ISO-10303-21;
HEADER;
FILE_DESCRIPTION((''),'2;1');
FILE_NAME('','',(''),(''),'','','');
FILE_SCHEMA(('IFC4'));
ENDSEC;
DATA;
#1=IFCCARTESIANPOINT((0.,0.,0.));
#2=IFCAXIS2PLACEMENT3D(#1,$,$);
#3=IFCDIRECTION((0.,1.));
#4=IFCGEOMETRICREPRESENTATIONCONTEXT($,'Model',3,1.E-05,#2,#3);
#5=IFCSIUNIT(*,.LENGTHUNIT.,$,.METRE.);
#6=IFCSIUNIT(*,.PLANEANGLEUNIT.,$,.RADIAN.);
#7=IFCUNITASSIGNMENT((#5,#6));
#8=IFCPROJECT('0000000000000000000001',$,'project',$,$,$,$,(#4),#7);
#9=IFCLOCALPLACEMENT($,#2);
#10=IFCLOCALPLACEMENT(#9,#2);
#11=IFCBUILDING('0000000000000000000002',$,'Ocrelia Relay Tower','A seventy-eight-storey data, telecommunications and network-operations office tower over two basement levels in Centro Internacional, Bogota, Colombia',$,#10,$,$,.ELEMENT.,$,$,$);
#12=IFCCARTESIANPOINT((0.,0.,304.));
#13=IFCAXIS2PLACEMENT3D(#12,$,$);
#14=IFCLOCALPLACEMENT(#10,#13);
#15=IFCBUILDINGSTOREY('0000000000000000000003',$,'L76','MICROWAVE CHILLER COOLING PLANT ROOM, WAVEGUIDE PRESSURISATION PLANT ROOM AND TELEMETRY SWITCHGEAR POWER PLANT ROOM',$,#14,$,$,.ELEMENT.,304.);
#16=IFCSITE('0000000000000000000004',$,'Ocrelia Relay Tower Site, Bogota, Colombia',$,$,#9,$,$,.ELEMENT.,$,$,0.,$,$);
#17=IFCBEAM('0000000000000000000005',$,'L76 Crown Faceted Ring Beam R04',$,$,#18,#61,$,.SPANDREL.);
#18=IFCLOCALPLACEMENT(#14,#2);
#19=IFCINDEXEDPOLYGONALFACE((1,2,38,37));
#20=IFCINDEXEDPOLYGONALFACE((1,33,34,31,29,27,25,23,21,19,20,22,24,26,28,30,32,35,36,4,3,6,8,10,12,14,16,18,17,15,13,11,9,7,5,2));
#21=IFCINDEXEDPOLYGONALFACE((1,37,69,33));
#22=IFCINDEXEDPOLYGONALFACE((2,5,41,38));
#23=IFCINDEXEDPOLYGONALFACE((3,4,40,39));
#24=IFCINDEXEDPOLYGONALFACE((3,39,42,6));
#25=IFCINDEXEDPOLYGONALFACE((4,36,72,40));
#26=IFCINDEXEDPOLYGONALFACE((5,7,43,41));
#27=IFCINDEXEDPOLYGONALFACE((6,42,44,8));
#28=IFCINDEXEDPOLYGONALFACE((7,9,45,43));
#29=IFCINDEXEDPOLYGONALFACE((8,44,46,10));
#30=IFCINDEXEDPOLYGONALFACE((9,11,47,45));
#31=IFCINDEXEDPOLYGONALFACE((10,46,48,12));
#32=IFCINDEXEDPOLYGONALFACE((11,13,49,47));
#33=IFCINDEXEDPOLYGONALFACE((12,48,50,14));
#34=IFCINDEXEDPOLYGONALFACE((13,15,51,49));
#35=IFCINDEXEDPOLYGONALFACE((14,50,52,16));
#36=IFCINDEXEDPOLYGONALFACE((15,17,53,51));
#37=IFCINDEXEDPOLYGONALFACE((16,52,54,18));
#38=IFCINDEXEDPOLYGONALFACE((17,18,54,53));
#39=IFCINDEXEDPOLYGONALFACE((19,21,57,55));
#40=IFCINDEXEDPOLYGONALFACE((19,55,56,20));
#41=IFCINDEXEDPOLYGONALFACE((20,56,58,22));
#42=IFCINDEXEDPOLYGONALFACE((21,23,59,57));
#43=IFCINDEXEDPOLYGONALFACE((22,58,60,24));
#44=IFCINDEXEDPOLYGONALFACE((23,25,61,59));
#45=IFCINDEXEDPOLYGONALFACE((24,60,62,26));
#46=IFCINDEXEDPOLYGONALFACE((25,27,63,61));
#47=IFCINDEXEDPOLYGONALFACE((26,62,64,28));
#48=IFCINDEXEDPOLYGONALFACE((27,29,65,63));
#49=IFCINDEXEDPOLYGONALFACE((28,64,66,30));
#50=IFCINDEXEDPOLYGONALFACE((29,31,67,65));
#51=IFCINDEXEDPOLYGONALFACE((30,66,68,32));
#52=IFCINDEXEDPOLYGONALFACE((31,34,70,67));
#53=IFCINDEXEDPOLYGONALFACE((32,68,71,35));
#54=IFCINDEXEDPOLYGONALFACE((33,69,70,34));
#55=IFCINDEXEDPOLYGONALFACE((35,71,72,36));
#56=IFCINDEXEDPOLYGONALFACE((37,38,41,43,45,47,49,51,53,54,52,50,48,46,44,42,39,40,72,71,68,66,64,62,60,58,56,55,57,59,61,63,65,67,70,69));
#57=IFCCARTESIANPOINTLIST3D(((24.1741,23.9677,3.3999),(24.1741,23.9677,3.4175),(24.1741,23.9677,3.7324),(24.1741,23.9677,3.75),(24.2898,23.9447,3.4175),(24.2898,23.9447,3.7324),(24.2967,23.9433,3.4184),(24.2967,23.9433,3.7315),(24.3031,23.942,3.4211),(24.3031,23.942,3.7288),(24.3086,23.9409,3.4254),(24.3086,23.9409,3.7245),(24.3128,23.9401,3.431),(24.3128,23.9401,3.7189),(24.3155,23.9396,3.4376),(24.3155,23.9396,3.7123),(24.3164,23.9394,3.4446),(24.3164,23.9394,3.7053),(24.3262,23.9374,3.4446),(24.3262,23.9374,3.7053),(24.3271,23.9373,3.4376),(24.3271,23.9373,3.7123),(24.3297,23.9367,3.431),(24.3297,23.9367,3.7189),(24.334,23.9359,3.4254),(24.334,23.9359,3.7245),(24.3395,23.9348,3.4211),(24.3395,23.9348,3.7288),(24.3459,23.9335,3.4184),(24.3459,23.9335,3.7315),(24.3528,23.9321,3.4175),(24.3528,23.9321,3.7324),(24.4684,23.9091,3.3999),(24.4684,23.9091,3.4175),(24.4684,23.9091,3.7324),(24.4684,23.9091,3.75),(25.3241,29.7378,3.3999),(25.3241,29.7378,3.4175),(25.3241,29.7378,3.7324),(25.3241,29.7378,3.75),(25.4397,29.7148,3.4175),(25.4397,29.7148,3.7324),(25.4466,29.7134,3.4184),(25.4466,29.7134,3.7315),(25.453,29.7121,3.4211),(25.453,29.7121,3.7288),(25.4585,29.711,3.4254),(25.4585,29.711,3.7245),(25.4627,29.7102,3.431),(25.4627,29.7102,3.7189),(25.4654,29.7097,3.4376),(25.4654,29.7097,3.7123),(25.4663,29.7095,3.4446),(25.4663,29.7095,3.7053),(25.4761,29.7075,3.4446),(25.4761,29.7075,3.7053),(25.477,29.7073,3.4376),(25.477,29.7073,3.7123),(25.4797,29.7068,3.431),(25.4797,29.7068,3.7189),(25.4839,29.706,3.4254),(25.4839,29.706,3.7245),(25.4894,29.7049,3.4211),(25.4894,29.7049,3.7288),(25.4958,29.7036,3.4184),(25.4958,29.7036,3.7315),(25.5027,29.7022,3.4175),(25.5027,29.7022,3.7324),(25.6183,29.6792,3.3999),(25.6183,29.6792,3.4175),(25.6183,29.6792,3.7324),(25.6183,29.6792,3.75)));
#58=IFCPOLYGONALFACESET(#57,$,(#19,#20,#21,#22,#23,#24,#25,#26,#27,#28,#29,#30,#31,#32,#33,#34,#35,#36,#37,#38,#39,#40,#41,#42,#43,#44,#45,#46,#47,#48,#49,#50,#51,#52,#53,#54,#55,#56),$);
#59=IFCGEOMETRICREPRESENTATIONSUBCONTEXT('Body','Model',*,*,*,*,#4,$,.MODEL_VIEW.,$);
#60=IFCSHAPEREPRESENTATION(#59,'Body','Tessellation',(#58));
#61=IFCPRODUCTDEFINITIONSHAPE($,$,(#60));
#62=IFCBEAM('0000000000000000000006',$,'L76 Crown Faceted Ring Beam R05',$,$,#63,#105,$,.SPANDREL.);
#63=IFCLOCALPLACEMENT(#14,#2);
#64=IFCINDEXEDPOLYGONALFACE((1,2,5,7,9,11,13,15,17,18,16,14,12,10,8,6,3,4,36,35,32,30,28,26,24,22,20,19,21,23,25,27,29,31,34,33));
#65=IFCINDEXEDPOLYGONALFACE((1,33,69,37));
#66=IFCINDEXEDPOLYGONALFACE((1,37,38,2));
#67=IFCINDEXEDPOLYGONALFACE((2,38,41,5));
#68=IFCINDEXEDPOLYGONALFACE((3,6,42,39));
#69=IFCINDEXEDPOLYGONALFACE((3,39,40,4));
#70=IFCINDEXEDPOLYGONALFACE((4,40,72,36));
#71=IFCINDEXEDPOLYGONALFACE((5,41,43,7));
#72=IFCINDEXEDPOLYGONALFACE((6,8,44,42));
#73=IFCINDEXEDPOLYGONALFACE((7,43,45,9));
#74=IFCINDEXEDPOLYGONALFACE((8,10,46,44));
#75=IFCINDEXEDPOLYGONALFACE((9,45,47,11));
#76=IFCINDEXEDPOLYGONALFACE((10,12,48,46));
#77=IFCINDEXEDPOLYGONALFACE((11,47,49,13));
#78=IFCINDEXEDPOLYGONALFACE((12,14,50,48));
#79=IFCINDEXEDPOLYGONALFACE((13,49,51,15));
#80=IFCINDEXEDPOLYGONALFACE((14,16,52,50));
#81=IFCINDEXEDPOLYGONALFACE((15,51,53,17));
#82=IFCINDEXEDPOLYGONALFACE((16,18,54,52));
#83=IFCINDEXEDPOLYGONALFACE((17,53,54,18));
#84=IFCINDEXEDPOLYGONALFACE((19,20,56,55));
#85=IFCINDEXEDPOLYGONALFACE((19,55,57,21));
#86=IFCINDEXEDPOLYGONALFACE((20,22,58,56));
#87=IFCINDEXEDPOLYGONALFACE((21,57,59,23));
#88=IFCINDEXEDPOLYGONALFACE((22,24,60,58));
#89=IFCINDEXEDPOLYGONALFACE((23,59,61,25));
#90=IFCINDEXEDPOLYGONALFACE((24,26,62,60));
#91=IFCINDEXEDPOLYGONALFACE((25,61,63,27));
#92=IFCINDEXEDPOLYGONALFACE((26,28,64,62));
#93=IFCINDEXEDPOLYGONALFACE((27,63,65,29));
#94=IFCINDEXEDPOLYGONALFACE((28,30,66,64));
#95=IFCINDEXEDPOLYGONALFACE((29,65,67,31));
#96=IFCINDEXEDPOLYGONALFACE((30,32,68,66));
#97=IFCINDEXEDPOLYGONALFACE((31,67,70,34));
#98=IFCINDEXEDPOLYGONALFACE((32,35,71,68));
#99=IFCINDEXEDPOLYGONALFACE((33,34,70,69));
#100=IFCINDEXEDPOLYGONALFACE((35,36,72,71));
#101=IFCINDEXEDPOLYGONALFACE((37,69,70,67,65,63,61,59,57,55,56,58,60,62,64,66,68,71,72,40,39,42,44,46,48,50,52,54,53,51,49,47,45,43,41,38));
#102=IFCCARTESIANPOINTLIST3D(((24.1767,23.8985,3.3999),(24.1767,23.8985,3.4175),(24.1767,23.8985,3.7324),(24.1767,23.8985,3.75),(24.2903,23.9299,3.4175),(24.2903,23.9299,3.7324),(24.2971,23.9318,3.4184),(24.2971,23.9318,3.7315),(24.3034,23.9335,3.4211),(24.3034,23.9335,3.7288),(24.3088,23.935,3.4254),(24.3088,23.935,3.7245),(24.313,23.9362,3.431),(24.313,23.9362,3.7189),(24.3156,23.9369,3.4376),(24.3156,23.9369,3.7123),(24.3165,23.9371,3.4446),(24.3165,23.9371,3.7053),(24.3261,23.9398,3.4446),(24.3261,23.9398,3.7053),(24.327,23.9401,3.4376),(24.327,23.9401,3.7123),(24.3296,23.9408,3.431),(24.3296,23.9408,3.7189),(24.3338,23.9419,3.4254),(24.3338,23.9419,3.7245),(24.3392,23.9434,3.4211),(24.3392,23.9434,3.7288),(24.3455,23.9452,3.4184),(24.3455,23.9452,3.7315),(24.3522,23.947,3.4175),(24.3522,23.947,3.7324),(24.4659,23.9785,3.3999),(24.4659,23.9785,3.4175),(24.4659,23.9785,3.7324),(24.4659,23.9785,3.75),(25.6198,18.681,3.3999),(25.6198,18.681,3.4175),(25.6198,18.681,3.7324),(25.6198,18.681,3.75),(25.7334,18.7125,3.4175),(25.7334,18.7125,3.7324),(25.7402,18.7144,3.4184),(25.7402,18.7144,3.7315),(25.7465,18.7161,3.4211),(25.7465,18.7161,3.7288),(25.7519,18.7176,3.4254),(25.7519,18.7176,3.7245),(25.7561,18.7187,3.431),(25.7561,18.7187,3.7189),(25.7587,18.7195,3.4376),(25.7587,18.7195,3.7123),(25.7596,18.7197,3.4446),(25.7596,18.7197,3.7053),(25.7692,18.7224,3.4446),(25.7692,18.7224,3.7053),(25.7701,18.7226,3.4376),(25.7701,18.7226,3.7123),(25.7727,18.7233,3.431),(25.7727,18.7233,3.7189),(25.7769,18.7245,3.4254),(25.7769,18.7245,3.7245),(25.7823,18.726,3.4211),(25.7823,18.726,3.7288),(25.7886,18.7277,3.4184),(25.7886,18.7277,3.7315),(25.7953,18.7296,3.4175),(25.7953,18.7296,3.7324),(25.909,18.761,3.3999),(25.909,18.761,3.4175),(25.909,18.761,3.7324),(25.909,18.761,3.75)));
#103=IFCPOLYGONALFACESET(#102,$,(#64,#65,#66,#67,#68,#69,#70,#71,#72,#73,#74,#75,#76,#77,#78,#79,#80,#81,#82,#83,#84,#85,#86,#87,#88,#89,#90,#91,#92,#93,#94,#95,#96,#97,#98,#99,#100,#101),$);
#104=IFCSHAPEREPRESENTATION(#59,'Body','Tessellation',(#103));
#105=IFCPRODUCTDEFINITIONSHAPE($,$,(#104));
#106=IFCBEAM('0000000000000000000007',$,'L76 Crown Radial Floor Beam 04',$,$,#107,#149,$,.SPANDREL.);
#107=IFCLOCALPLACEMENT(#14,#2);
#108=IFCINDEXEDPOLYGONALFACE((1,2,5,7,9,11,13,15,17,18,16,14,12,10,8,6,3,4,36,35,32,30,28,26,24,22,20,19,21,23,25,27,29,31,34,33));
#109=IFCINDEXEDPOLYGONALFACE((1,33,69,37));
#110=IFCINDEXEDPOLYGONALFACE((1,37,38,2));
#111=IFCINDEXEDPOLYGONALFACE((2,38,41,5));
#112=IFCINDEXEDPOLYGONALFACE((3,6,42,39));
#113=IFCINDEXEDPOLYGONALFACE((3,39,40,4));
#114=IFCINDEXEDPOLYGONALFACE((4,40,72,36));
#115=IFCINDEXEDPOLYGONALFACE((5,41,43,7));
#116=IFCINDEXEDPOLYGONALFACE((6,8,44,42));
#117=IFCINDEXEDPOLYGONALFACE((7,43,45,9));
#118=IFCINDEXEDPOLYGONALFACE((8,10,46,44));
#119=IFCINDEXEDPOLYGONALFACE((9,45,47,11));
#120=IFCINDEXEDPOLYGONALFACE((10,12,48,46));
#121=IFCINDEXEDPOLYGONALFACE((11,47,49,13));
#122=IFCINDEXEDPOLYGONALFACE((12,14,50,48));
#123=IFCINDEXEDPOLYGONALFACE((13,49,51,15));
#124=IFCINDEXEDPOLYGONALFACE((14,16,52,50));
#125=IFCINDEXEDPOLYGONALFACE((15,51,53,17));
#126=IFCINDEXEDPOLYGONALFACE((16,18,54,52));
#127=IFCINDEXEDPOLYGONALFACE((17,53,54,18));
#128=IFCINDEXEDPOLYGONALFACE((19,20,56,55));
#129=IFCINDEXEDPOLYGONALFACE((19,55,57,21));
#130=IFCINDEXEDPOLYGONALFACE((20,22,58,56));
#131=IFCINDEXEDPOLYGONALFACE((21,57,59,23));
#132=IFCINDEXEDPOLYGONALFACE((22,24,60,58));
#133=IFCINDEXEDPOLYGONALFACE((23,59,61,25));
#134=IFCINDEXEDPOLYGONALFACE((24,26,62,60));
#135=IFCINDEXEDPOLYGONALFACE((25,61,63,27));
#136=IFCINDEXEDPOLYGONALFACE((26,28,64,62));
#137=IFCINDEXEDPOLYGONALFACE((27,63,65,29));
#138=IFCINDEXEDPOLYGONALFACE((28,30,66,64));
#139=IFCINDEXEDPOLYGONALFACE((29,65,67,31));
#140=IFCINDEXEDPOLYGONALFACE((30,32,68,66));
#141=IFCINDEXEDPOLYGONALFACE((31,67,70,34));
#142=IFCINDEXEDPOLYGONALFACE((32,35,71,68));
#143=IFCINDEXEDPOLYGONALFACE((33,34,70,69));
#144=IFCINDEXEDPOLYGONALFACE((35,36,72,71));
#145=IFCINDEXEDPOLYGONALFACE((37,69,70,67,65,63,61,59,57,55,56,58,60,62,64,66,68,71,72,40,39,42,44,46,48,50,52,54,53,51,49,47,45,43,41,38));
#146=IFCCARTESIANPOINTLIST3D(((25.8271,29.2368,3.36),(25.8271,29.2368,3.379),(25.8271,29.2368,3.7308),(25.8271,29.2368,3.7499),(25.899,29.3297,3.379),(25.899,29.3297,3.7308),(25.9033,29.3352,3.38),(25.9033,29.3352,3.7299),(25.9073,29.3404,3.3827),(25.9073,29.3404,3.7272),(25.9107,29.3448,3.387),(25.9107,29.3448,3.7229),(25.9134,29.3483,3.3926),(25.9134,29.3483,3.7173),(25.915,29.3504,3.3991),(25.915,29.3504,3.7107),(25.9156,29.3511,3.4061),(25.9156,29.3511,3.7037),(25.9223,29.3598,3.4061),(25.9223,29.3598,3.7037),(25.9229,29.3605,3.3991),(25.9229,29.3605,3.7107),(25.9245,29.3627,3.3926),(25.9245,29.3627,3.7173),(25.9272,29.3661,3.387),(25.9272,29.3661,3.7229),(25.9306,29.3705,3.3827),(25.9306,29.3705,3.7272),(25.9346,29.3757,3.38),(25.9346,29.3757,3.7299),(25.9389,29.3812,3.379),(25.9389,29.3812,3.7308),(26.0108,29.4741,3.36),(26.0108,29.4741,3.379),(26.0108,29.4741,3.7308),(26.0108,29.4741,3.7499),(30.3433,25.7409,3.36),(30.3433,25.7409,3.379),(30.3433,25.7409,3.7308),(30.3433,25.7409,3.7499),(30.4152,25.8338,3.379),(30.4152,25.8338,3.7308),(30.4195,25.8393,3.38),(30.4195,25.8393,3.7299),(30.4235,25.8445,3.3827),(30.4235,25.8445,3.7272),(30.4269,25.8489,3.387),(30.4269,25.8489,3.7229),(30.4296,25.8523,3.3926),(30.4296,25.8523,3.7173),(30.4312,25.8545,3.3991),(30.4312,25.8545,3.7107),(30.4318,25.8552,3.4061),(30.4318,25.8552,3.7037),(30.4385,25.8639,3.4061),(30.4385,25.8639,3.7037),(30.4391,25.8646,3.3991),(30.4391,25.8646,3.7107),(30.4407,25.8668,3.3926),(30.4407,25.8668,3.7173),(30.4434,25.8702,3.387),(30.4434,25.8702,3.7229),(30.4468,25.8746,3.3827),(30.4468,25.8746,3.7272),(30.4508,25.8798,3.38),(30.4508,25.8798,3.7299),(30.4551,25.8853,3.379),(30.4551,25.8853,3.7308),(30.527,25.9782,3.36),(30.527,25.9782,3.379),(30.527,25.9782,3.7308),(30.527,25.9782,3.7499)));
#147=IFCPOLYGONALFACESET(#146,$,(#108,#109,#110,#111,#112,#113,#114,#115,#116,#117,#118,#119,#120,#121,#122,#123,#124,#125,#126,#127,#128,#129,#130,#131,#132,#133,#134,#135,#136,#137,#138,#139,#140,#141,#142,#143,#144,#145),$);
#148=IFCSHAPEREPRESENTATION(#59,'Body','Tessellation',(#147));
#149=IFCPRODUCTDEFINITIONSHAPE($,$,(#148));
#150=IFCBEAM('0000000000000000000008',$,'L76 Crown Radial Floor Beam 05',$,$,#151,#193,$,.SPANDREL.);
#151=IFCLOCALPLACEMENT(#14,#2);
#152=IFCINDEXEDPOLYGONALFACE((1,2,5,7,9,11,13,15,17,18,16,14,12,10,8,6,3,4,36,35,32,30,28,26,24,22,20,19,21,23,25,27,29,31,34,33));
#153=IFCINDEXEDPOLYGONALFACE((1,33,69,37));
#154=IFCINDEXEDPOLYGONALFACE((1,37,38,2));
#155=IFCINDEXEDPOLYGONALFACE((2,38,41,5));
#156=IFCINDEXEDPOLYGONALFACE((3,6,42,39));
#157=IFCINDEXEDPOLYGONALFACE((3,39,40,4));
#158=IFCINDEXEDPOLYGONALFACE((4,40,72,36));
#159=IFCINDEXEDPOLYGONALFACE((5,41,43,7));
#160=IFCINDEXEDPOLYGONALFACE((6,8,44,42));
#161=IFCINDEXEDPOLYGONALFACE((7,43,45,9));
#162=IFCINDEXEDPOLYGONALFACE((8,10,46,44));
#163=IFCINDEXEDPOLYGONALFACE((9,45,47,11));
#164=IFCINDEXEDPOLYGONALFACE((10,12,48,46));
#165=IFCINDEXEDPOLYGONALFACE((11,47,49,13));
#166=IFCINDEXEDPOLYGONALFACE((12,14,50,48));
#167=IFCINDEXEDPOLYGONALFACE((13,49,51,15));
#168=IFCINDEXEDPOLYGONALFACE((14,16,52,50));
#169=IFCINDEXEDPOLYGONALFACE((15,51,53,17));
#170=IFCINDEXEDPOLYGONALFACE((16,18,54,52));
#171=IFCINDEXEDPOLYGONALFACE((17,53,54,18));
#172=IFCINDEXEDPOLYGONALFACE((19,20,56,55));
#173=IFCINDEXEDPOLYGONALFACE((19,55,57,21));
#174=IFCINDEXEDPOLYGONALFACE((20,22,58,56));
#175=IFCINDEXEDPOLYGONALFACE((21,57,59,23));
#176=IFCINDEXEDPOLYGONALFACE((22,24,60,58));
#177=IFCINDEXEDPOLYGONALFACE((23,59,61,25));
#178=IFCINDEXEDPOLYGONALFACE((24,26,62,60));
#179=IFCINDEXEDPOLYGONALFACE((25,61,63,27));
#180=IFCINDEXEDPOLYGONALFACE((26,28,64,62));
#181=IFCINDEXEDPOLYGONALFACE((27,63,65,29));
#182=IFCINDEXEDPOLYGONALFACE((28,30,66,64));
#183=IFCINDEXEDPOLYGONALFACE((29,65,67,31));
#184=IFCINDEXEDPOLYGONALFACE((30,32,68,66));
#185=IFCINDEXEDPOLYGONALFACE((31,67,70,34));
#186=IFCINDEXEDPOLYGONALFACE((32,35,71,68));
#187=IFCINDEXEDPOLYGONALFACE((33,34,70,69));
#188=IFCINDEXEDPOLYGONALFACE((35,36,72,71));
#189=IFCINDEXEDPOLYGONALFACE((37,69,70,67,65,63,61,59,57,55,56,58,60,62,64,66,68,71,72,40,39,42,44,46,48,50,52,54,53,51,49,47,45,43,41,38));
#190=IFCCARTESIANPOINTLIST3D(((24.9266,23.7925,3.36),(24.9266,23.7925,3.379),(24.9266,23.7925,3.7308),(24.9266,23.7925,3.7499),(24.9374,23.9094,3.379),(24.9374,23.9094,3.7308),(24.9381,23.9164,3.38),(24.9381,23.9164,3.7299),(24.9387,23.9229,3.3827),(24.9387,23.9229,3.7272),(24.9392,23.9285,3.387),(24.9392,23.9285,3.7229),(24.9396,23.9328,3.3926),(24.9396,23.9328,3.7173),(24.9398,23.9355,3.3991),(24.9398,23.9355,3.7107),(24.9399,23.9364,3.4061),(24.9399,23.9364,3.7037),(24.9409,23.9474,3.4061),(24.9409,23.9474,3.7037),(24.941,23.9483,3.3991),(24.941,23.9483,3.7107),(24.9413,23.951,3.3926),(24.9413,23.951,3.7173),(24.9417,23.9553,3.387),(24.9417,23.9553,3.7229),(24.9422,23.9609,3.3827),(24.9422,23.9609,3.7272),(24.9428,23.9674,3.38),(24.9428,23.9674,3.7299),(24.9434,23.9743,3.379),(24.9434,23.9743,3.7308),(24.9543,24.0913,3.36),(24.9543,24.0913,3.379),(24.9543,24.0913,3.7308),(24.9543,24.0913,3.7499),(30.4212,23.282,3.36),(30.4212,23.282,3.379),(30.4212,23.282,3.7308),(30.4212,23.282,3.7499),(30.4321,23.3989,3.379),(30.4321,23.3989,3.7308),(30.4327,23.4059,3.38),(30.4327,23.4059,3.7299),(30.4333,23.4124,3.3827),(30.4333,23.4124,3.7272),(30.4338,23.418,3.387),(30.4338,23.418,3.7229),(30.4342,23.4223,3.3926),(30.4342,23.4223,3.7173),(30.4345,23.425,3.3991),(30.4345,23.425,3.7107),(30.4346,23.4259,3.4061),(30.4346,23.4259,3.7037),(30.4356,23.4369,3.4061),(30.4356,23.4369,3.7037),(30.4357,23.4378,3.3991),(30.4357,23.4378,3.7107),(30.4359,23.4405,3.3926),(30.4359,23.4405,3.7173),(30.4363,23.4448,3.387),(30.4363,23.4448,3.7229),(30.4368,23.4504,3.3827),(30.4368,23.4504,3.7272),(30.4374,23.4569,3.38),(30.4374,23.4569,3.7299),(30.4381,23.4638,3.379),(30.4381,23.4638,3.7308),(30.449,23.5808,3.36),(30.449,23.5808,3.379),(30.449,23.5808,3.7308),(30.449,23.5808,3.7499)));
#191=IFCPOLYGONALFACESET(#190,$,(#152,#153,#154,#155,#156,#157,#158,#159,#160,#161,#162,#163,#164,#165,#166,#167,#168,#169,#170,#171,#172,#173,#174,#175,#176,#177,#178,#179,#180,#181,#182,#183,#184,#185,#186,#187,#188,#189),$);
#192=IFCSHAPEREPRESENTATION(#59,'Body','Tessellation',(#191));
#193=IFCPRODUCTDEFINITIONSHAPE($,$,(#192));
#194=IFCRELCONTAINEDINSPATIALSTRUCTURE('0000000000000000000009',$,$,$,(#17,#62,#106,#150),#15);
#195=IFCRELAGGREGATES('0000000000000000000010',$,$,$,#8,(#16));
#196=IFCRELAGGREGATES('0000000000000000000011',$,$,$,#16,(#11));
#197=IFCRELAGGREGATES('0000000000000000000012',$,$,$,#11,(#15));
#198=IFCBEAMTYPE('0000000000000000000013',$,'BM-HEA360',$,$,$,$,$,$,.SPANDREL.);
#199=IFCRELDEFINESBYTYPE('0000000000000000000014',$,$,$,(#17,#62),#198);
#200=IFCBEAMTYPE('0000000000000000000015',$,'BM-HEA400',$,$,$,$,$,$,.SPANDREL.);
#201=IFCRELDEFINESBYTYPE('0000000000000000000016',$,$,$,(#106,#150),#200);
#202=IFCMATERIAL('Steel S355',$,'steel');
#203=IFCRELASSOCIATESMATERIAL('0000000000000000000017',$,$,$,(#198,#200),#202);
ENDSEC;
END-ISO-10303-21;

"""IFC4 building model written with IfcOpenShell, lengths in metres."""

from ifc_helpers import new_model, si_unit, direction, frame, origin, origin_2d, place, context, subcontext, project, spatial, i_section, extrude, material, material_profile, profile_set, type_object, element, save


model = new_model("IFC4")

# Units and contexts
model_context = context("Model", 3, precision=1e-05, world=origin(), true_north=direction((0.0, 1.0)))
body_context = subcontext(model_context, "Body", "Model", "MODEL_VIEW")
ifc_project = project(units=[si_unit("LENGTHUNIT", "METRE"), si_unit("PLANEANGLEUNIT", "RADIAN")], contexts=[model_context])

# Site, building, storey
site_placement = place(None, origin())
site = spatial("IfcSite", under=ifc_project, at=site_placement, Name="Ocrelia Relay Tower Site, Bogota, Colombia", CompositionType="ELEMENT", RefElevation=0.0)
building_placement = place(site_placement, origin())
building = spatial("IfcBuilding", under=site, at=building_placement, Name="Ocrelia Relay Tower", Description="A seventy-eight-storey data, telecommunications and network-operations office tower over two basement levels in Centro Internacional, Bogota, Colombia", CompositionType="ELEMENT")
storey_placement = place(building_placement, frame((0.0, 0.0, 304.0)))
storey = spatial("IfcBuildingStorey", under=building, at=storey_placement, Name="L76", Description="MICROWAVE CHILLER COOLING PLANT ROOM, WAVEGUIDE PRESSURISATION PLANT ROOM AND TELEMETRY SWITCHGEAR POWER PLANT ROOM", CompositionType="ELEMENT", Elevation=304.0)

# Beams
ifc_material_1 = material(Name="Steel S355", Category="steel")
ifc_material_profile_1 = material_profile(ifc_material_1, i_section(OverallWidth=0.3, OverallDepth=0.3501, WebThickness=0.01, FlangeThickness=0.0176, FilletRadius=0.0271, at=origin_2d()), Name="HEA 360")
ifc_profile_set_1 = profile_set([ifc_material_profile_1], Name="Steel S355")
beam_type_1 = type_object("IfcBeamType", Name="BM-HEA360", PredefinedType="SPANDREL", material=ifc_profile_set_1)
beam_1_placement = place(storey_placement, frame((25.4712, 29.7085, 3.575), z_axis=(-0.195446, -0.980715, 0.0), x_axis=(0.980715, -0.195446, 0.0)))
element("IfcBeam", 1, at=beam_1_placement, inside=storey, type_object=beam_type_1, Name="L76 Crown Faceted Ring Beam R04", PredefinedType="SPANDREL", context=body_context, shape_type="SweptSolid", body=[
    extrude(i_section(OverallWidth=0.3, OverallDepth=0.3501, WebThickness=0.01, FlangeThickness=0.0176, FilletRadius=0.0271, at=origin_2d()), origin(), (0.0, 0.0, 1.0), 5.8835),
])
beam_2_placement = place(storey_placement, frame((24.3213, 23.9385, 3.575), z_axis=(0.266581, -0.963813, 0.0), x_axis=(0.963813, 0.266581, 0.0)))
element("IfcBeam", 2, at=beam_2_placement, inside=storey, type_object=beam_type_1, Name="L76 Crown Faceted Ring Beam R05", PredefinedType="SPANDREL", context=body_context, shape_type="SweptSolid", body=[
    extrude(i_section(OverallWidth=0.3, OverallDepth=0.3501, WebThickness=0.01, FlangeThickness=0.0176, FilletRadius=0.0271, at=origin_2d()), origin(), (0.0, 0.0, 1.0), 5.4133),
])
ifc_material_profile_2 = material_profile(ifc_material_1, i_section(OverallWidth=0.3, OverallDepth=0.3899, WebThickness=0.011, FlangeThickness=0.019, FilletRadius=0.0271, at=origin_2d()), Name="HEA 400")
ifc_profile_set_2 = profile_set([ifc_material_profile_2], Name="Steel S355")
beam_type_2 = type_object("IfcBeamType", Name="BM-HEA400", PredefinedType="SPANDREL", material=ifc_profile_set_2)
beam_3_placement = place(storey_placement, frame((25.9189, 29.3555, 3.5549), z_axis=(0.790766, -0.612119, 0.0), x_axis=(0.612119, 0.790766, 0.0)))
element("IfcBeam", 3, at=beam_3_placement, inside=storey, type_object=beam_type_2, Name="L76 Crown Radial Floor Beam 04", PredefinedType="SPANDREL", context=body_context, shape_type="SweptSolid", body=[
    extrude(i_section(OverallWidth=0.3, OverallDepth=0.3899, WebThickness=0.011, FlangeThickness=0.019, FilletRadius=0.0271, at=origin_2d()), origin(), (0.0, 0.0, 1.0), 5.7112),
])
beam_4_placement = place(storey_placement, frame((24.9404, 23.9419, 3.5549), z_axis=(0.995712, -0.09251, 0.0), x_axis=(0.09251, 0.995712, 0.0)))
element("IfcBeam", 4, at=beam_4_placement, inside=storey, type_object=beam_type_2, Name="L76 Crown Radial Floor Beam 05", PredefinedType="SPANDREL", context=body_context, shape_type="SweptSolid", body=[
    extrude(i_section(OverallWidth=0.3, OverallDepth=0.3899, WebThickness=0.011, FlangeThickness=0.019, FilletRadius=0.0271, at=origin_2d()), origin(), (0.0, 0.0, 1.0), 5.5183),
])

save(model, "model.ifc")
